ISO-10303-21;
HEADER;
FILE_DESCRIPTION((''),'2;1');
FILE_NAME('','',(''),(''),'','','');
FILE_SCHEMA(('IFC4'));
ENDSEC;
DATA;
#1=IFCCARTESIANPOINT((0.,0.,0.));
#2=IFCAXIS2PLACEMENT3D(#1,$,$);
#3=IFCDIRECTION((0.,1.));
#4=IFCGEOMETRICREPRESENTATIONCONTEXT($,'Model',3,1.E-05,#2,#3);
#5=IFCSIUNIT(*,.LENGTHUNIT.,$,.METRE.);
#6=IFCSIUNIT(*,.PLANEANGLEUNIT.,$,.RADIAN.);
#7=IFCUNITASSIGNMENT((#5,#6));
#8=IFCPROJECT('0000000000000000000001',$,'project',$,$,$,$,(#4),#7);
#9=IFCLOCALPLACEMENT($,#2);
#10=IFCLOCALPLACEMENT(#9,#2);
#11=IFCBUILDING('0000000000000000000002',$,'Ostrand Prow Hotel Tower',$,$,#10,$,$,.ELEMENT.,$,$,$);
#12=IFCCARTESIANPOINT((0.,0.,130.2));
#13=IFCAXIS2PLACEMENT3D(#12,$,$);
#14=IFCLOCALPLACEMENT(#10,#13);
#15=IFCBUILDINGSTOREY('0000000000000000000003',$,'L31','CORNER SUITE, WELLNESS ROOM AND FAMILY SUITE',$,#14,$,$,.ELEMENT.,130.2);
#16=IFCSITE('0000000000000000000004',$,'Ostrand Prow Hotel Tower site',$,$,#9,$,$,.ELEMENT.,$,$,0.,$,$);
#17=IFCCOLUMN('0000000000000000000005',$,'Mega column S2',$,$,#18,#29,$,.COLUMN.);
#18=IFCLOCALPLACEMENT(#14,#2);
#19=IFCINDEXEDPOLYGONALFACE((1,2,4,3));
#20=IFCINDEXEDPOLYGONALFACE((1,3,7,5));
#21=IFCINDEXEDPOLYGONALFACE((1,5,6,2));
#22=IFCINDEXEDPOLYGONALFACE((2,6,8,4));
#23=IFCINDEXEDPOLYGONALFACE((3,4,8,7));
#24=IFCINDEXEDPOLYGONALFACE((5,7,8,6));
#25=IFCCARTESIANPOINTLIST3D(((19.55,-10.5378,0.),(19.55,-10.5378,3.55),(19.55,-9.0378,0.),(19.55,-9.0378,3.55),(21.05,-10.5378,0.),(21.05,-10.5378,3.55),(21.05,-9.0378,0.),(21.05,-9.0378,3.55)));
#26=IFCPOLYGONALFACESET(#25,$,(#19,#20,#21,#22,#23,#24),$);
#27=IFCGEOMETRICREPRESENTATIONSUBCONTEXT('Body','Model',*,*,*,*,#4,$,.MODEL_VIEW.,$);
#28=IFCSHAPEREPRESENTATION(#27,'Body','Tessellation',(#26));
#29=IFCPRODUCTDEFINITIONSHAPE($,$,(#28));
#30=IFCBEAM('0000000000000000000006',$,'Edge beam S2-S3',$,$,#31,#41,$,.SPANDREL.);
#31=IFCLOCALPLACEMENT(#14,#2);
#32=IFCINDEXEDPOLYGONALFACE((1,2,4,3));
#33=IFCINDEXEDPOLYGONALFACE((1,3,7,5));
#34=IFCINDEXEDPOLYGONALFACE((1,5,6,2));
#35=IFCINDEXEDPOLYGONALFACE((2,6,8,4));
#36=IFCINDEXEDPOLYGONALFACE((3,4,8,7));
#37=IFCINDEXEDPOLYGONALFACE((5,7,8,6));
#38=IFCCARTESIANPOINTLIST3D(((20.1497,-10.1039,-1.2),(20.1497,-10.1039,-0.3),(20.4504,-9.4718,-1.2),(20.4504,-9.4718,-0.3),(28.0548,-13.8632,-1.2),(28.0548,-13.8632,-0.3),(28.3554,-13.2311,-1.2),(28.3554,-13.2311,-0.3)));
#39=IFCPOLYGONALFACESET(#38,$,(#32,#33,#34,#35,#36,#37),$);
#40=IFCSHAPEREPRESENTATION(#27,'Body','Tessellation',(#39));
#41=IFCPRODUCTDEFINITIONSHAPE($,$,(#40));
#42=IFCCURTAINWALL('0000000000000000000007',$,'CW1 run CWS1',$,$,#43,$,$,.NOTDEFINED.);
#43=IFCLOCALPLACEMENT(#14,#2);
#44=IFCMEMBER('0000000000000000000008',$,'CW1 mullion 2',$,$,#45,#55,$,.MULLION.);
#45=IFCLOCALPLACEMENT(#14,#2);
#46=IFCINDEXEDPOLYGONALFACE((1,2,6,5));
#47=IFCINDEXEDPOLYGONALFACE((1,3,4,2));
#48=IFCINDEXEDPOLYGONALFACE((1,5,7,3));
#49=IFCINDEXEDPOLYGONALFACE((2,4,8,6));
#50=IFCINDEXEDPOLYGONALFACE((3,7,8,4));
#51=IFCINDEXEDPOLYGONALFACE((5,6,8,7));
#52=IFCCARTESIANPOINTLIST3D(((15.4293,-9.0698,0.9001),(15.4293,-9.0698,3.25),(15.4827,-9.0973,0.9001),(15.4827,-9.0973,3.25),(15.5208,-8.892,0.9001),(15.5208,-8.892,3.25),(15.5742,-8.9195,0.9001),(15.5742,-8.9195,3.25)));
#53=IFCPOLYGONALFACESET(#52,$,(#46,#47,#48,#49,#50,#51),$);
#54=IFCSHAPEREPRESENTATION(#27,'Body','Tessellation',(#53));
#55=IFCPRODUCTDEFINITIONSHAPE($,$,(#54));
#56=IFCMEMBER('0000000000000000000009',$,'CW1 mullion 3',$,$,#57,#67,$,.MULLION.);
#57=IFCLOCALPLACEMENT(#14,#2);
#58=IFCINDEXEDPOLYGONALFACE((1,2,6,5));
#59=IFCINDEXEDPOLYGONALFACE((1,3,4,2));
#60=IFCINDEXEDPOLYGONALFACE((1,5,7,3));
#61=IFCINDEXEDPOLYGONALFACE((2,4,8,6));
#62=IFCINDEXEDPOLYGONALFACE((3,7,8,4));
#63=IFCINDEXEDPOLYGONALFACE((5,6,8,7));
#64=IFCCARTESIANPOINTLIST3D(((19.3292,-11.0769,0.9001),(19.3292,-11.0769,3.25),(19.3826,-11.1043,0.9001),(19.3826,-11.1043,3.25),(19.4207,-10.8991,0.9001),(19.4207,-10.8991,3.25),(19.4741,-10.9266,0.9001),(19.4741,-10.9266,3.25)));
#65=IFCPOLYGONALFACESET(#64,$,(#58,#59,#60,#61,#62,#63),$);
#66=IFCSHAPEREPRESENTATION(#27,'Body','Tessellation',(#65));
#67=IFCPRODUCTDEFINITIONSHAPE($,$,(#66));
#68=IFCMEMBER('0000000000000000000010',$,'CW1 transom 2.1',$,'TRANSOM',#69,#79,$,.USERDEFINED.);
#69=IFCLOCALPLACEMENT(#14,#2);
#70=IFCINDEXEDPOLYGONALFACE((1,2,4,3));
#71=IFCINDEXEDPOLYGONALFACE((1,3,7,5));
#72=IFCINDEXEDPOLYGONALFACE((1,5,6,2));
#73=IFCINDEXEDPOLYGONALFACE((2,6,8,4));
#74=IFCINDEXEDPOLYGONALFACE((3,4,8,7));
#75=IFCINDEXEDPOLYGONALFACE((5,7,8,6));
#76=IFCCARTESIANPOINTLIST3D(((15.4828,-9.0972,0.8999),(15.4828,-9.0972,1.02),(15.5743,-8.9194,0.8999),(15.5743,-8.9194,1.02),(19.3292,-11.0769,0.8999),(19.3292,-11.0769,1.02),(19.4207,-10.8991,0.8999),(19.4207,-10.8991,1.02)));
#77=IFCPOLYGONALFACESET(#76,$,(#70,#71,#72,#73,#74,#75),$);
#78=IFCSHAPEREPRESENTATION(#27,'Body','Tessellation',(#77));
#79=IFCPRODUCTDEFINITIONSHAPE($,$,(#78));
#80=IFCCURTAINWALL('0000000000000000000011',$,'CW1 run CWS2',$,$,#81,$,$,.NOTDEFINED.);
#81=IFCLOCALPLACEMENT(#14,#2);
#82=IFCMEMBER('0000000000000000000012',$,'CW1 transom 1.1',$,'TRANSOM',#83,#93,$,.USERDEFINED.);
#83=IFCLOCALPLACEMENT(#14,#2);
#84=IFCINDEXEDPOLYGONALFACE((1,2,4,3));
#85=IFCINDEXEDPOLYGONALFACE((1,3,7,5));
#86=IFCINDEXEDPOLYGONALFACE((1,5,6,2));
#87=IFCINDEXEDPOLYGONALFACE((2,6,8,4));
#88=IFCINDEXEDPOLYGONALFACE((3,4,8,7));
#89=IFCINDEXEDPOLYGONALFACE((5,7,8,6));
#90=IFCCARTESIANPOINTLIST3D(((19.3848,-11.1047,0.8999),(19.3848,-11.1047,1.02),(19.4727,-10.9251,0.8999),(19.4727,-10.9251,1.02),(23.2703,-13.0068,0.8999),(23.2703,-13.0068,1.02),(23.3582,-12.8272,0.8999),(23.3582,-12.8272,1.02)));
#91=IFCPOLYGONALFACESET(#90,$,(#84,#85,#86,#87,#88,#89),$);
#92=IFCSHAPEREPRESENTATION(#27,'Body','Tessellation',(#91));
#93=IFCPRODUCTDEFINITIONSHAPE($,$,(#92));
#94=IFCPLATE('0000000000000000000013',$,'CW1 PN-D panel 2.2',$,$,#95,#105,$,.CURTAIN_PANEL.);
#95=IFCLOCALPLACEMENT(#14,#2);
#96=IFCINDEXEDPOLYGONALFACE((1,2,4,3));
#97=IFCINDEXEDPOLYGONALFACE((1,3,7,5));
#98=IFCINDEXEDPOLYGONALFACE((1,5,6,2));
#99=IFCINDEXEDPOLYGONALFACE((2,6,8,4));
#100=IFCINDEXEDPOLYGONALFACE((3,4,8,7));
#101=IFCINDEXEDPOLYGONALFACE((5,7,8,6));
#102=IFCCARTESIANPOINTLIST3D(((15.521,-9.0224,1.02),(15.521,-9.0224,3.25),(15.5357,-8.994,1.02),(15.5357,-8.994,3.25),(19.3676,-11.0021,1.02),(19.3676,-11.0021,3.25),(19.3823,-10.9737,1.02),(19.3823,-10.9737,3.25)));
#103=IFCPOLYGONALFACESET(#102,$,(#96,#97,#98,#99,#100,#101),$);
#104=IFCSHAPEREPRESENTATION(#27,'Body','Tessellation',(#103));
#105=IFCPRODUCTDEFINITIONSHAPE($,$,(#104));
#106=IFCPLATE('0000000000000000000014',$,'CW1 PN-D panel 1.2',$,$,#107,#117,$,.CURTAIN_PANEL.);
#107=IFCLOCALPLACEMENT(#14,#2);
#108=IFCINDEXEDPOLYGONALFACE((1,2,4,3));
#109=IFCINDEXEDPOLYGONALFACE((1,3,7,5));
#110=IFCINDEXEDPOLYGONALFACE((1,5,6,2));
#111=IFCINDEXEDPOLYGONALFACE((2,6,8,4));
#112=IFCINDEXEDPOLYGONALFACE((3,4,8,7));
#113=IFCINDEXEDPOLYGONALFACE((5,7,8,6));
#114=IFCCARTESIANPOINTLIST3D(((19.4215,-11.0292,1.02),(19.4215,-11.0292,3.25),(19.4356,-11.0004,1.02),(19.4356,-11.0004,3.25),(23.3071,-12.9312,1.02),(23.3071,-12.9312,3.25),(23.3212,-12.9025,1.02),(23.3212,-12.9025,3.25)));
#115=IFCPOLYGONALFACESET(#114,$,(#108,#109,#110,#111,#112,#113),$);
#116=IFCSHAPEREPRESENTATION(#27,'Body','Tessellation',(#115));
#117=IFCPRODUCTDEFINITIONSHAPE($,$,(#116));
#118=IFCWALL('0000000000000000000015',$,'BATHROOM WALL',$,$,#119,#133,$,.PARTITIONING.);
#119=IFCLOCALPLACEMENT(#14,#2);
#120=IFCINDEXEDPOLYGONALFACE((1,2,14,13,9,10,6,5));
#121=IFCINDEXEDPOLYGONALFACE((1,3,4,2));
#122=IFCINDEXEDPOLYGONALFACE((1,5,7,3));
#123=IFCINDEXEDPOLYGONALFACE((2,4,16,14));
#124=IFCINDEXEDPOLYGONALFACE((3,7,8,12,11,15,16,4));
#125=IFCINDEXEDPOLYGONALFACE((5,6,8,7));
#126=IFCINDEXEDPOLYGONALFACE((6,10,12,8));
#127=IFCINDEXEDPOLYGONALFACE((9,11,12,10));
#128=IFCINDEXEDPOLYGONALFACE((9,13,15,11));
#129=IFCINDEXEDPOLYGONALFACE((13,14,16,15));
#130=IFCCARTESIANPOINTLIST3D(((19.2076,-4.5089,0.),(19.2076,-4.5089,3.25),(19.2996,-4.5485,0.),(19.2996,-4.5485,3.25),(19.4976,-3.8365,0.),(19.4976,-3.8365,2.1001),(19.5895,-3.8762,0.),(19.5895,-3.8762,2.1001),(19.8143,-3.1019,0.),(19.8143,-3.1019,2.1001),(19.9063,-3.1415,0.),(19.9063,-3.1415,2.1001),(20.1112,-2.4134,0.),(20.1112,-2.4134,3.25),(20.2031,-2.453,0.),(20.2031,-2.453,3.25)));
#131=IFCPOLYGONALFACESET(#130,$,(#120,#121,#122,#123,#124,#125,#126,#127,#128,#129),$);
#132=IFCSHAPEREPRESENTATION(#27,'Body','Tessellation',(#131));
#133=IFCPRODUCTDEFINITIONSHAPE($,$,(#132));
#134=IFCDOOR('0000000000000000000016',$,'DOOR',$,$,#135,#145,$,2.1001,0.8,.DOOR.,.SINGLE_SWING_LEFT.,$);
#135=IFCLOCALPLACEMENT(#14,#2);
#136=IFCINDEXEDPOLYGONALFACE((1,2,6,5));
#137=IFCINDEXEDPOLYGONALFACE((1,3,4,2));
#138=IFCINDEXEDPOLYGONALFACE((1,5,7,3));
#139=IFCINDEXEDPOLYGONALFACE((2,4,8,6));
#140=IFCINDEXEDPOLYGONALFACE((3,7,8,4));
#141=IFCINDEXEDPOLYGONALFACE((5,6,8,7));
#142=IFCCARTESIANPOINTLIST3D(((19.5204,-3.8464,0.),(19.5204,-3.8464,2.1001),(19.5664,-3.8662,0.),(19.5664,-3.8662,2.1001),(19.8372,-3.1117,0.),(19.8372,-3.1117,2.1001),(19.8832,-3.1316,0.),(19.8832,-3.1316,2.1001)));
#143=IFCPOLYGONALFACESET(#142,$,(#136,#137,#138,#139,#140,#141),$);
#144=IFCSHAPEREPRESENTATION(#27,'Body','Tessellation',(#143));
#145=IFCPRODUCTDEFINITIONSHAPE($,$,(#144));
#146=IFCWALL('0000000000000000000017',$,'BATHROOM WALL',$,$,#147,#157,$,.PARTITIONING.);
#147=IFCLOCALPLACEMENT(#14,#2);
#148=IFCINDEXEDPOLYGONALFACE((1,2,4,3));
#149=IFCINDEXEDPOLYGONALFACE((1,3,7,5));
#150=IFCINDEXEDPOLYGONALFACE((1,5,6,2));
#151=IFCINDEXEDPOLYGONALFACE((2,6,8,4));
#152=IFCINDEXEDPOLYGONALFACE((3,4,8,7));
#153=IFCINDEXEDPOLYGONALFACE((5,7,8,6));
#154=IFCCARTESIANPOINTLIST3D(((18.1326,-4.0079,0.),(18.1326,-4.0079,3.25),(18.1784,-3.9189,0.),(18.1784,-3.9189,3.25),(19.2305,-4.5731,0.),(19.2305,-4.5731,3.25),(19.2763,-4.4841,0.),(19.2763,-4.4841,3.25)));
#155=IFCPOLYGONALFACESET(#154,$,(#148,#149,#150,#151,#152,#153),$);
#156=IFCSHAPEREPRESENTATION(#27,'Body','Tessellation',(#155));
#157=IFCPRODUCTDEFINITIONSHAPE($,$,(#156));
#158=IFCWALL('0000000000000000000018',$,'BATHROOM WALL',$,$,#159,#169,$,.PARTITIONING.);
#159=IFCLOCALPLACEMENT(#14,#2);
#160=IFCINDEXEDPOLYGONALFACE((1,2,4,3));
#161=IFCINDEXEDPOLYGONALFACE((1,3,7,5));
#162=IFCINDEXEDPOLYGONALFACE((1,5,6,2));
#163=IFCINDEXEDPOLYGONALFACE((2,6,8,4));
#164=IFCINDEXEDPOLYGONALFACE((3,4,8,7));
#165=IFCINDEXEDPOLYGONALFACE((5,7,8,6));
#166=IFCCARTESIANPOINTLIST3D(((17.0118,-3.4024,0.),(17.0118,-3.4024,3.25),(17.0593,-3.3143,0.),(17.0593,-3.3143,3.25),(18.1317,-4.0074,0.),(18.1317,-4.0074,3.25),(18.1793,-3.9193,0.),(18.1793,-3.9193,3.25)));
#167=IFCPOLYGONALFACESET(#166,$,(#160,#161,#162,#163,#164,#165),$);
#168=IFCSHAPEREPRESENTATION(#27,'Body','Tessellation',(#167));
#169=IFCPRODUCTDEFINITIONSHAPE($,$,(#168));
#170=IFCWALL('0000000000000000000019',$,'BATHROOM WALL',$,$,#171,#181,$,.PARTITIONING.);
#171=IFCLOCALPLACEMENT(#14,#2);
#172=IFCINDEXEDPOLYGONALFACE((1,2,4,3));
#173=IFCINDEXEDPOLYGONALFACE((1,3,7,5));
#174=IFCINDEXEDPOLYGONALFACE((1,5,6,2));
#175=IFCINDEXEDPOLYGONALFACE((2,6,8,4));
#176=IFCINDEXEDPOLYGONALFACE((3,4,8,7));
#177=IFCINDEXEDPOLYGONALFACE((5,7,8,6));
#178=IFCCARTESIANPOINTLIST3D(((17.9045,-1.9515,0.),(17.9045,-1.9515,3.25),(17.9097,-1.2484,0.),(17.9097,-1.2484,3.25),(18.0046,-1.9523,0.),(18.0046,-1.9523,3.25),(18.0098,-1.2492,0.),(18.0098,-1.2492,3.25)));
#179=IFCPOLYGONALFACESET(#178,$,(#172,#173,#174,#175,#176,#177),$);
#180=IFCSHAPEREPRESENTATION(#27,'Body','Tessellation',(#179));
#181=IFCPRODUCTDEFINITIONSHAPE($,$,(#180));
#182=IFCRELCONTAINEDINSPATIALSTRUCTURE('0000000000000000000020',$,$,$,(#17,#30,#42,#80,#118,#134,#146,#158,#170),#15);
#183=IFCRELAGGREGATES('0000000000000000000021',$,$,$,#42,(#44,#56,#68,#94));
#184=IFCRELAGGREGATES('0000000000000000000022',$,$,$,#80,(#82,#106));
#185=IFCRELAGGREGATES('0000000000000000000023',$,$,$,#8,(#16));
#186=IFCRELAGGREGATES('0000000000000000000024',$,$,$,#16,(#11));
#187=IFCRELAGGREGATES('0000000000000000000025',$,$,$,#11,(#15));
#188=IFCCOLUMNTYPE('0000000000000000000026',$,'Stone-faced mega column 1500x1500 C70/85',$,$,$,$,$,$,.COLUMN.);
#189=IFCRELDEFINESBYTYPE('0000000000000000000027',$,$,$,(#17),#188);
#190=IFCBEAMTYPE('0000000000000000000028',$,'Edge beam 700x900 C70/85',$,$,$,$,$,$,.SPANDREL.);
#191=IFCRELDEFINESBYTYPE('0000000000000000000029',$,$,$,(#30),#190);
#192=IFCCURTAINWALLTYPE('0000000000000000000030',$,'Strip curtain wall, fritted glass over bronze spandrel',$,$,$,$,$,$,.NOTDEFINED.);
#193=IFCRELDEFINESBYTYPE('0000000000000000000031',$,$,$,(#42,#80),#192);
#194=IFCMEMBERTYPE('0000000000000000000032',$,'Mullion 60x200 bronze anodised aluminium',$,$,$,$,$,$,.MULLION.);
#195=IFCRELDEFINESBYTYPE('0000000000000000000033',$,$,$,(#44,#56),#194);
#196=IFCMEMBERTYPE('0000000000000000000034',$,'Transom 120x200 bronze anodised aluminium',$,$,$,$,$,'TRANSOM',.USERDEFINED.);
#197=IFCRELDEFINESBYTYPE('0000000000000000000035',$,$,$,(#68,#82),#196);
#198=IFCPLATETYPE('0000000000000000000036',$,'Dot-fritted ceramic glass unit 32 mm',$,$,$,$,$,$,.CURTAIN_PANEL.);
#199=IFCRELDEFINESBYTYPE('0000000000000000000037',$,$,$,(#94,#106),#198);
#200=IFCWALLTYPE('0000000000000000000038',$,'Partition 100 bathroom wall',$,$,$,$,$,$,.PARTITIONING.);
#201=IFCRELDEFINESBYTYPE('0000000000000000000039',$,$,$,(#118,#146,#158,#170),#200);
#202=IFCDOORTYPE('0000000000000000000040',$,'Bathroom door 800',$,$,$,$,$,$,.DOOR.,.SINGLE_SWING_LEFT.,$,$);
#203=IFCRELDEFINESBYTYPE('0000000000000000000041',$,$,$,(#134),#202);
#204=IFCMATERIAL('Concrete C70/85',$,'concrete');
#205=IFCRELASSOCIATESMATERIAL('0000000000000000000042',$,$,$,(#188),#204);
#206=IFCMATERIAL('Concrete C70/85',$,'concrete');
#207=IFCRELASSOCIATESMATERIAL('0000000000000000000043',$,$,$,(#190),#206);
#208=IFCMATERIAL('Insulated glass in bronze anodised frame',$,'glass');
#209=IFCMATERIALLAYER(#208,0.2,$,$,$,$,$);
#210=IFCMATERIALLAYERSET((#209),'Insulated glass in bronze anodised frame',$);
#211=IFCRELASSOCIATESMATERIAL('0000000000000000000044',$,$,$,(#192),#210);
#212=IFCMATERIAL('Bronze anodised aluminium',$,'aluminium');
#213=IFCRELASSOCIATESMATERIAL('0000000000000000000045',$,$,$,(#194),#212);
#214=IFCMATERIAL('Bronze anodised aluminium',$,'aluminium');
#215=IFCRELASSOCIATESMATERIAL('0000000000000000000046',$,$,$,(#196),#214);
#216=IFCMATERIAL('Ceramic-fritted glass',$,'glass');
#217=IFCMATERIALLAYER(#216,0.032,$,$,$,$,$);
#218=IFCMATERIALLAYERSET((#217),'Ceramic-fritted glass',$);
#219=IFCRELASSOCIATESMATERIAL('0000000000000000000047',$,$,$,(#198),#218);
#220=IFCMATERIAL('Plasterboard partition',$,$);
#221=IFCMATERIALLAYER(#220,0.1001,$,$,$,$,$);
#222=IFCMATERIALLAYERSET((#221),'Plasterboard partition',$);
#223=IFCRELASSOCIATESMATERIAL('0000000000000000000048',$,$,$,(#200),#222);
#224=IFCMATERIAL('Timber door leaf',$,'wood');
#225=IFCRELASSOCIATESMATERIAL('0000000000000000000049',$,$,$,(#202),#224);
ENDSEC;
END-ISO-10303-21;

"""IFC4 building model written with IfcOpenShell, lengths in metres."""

from ifc_helpers import new_model, si_unit, direction, frame, frame_2d, origin, origin_2d, place, context, subcontext, project, spatial, rectangle, extrude, material, layer, layer_set, material_profile, profile_set, type_object, element, fill, aggregate, save


model = new_model("IFC4")

# Units and contexts
model_context = context("Model", 3, precision=1e-05, world=origin(), true_north=direction((0.0, 1.0)))
body_context = subcontext(model_context, "Body", "Model", "MODEL_VIEW")
ifc_project = project(units=[si_unit("LENGTHUNIT", "METRE"), si_unit("PLANEANGLEUNIT", "RADIAN")], contexts=[model_context])

# Site, building, storey
site_placement = place(None, origin())
site = spatial("IfcSite", under=ifc_project, at=site_placement, Name="Ostrand Prow Hotel Tower site", CompositionType="ELEMENT", RefElevation=0.0)
building_placement = place(site_placement, origin())
building = spatial("IfcBuilding", under=site, at=building_placement, Name="Ostrand Prow Hotel Tower", CompositionType="ELEMENT")
storey_placement = place(building_placement, frame((0.0, 0.0, 130.2)))
storey = spatial("IfcBuildingStorey", under=building, at=storey_placement, Name="L31", Description="CORNER SUITE, WELLNESS ROOM AND FAMILY SUITE", CompositionType="ELEMENT", Elevation=130.2)

# Column
ifc_material_1 = material(Name="Concrete C70/85", Category="concrete")
ifc_material_profile_1 = material_profile(ifc_material_1, rectangle(XDim=1.5, YDim=1.5, at=origin_2d()), Name="RC 1500x1500")
ifc_profile_set_1 = profile_set([ifc_material_profile_1], Name="Concrete C70/85")
column_type = type_object("IfcColumnType", Name="Stone-faced mega column 1500x1500 C70/85", PredefinedType="COLUMN", material=ifc_profile_set_1)
column_placement = place(storey_placement, frame((20.3, -9.7878, 0.0), z_axis=(0.0, 0.0, 1.0), x_axis=(1.0, 0.0, 0.0)))
element("IfcColumn", 1, at=column_placement, inside=storey, type_object=column_type, Name="Mega column S2", PredefinedType="COLUMN", context=body_context, shape_type="SweptSolid", body=[
    extrude(rectangle(XDim=1.5, YDim=1.5, at=origin_2d()), origin(), (0.0, 0.0, 1.0), 3.55),
])

# Beam
ifc_material_2 = material(Name="Concrete C70/85", Category="concrete")
ifc_material_profile_2 = material_profile(ifc_material_2, rectangle(XDim=0.7, YDim=0.8999, at=origin_2d()), Name="RC 700x900")
ifc_profile_set_2 = profile_set([ifc_material_profile_2], Name="Concrete C70/85")
beam_type = type_object("IfcBeamType", Name="Edge beam 700x900 C70/85", PredefinedType="SPANDREL", material=ifc_profile_set_2)
beam_placement = place(storey_placement, frame((20.3, -9.7878, -0.75), z_axis=(0.903083, -0.429466, 0.0), x_axis=(0.429466, 0.903083, 0.0)))
element("IfcBeam", 2, at=beam_placement, inside=storey, type_object=beam_type, Name="Edge beam S2-S3", PredefinedType="SPANDREL", context=body_context, shape_type="SweptSolid", body=[
    extrude(rectangle(XDim=0.7, YDim=0.8999, at=origin_2d()), origin(), (0.0, 0.0, 1.0), 8.7534),
])

# Curtain wall, members
ifc_material_3 = material(Name="Insulated glass in bronze anodised frame", Category="glass")
ifc_layer_1 = layer(ifc_material_3, 0.2)
ifc_layer_set_1 = layer_set([ifc_layer_1], Name="Insulated glass in bronze anodised frame")
curtain_wall_type = type_object("IfcCurtainWallType", Name="Strip curtain wall, fritted glass over bronze spandrel", PredefinedType="NOTDEFINED", material=ifc_layer_set_1)
curtain_wall_1_placement = place(storey_placement, origin())
curtain_wall_1 = element("IfcCurtainWall", 3, at=curtain_wall_1_placement, inside=storey, type_object=curtain_wall_type, Name="CW1 run CWS1", PredefinedType="NOTDEFINED")
ifc_material_4 = material(Name="Bronze anodised aluminium", Category="aluminium")
ifc_material_profile_3 = material_profile(ifc_material_4, rectangle(XDim=0.2, YDim=0.0601, at=origin_2d()), Name="Mullion 60x200 bronze anodised aluminium")
ifc_profile_set_3 = profile_set([ifc_material_profile_3], Name="Bronze anodised aluminium")
member_type_1 = type_object("IfcMemberType", Name="Mullion 60x200 bronze anodised aluminium", PredefinedType="MULLION", material=ifc_profile_set_3)
member_1_placement = place(storey_placement, frame((15.5017, -8.9946, 0.9001), z_axis=(0.0, 0.0, 1.0), x_axis=(0.457619, 0.889148, 0.0)))
member_1 = element("IfcMember", 4, at=member_1_placement, type_object=member_type_1, Name="CW1 mullion 2", PredefinedType="MULLION", context=body_context, shape_type="SweptSolid", body=[
    extrude(rectangle(XDim=0.2, YDim=0.0601, at=origin_2d()), origin(), (0.0, 0.0, 1.0), 2.3499),
])
member_2_placement = place(storey_placement, frame((19.4016, -11.0017, 0.9001), z_axis=(0.0, 0.0, 1.0), x_axis=(0.457619, 0.889148, 0.0)))
member_2 = element("IfcMember", 5, at=member_2_placement, type_object=member_type_1, Name="CW1 mullion 3", PredefinedType="MULLION", context=body_context, shape_type="SweptSolid", body=[
    extrude(rectangle(XDim=0.2, YDim=0.0601, at=origin_2d()), origin(), (0.0, 0.0, 1.0), 2.3499),
])
ifc_material_5 = material(Name="Bronze anodised aluminium", Category="aluminium")
ifc_material_profile_4 = material_profile(ifc_material_5, rectangle(XDim=0.2, YDim=0.1201, at=origin_2d()), Name="Transom 120x200 bronze anodised aluminium")
ifc_profile_set_4 = profile_set([ifc_material_profile_4], Name="Bronze anodised aluminium")
member_type_2 = type_object("IfcMemberType", Name="Transom 120x200 bronze anodised aluminium", ElementType="TRANSOM", PredefinedType="USERDEFINED", material=ifc_profile_set_4)
member_3_placement = place(storey_placement, frame((15.5286, -9.0083, 0.96), z_axis=(0.88914, -0.457635, 0.0), x_axis=(0.457635, 0.88914, 0.0)))
member_3 = element("IfcMember", 6, at=member_3_placement, type_object=member_type_2, Name="CW1 transom 2.1", ObjectType="TRANSOM", PredefinedType="USERDEFINED", context=body_context, shape_type="SweptSolid", body=[
    extrude(rectangle(XDim=0.2, YDim=0.1201, at=origin_2d()), origin(), (0.0, 0.0, 1.0), 4.3259),
])

# Curtain wall, member
curtain_wall_2_placement = place(storey_placement, origin())
curtain_wall_2 = element("IfcCurtainWall", 7, at=curtain_wall_2_placement, inside=storey, type_object=curtain_wall_type, Name="CW1 run CWS2", PredefinedType="NOTDEFINED")
member_4_placement = place(storey_placement, frame((19.4287, -11.0149, 0.96), z_axis=(0.898154, -0.439681, 0.0), x_axis=(0.439681, 0.898154, 0.0)))
member_4 = element("IfcMember", 8, at=member_4_placement, type_object=member_type_2, Name="CW1 transom 1.1", ObjectType="TRANSOM", PredefinedType="USERDEFINED", context=body_context, shape_type="SweptSolid", body=[
    extrude(rectangle(XDim=0.2, YDim=0.1201, at=origin_2d()), origin(), (0.0, 0.0, 1.0), 4.3262),
])

# Plates
ifc_material_6 = material(Name="Ceramic-fritted glass", Category="glass")
ifc_layer_2 = layer(ifc_material_6, 0.032)
ifc_layer_set_2 = layer_set([ifc_layer_2], Name="Ceramic-fritted glass")
plate_type = type_object("IfcPlateType", Name="Dot-fritted ceramic glass unit 32 mm", PredefinedType="CURTAIN_PANEL", material=ifc_layer_set_2)
plate_1_placement = place(storey_placement, frame((17.4517, -9.998, 1.02), z_axis=(0.0, 0.0, 1.0), x_axis=(0.889148, -0.457619, 0.0)))
plate_1 = element("IfcPlate", 9, at=plate_1_placement, type_object=plate_type, Name="CW1 PN-D panel 2.2", PredefinedType="CURTAIN_PANEL", context=body_context, shape_type="SweptSolid", body=[
    extrude(rectangle(XDim=4.3262, YDim=0.032, at=origin_2d()), origin(), (0.0, 0.0, 1.0), 2.23),
])
aggregate(curtain_wall_1, [member_1, member_2, member_3, plate_1])
plate_2_placement = place(storey_placement, frame((21.3713, -11.9658, 1.02), z_axis=(0.0, 0.0, 1.0), x_axis=(0.898165, -0.439659, 0.0)))
plate_2 = element("IfcPlate", 10, at=plate_2_placement, type_object=plate_type, Name="CW1 PN-D panel 1.2", PredefinedType="CURTAIN_PANEL", context=body_context, shape_type="SweptSolid", body=[
    extrude(rectangle(XDim=4.3262, YDim=0.032, at=origin_2d()), origin(), (0.0, 0.0, 1.0), 2.23),
])
aggregate(curtain_wall_2, [member_4, plate_2])

# Wall, opening, door
ifc_material_7 = material(Name="Plasterboard partition")
ifc_layer_3 = layer(ifc_material_7, 0.1001)
ifc_layer_set_3 = layer_set([ifc_layer_3], Name="Plasterboard partition")
wall_type_1 = type_object("IfcWallType", Name="Partition 100 bathroom wall", PredefinedType="PARTITIONING", material=ifc_layer_set_3)
wall_1_placement = place(storey_placement, frame((20.1572, -2.4331, 0.0), z_axis=(0.0, 0.0, 1.0), x_axis=(-0.395958, -0.918268, 0.0)))
wall_1 = element("IfcWall", 11, at=wall_1_placement, inside=storey, type_object=wall_type_1, Name="BATHROOM WALL", PredefinedType="PARTITIONING", context=body_context, shape_type="SweptSolid", body=[
    extrude(rectangle(XDim=2.282, YDim=0.1001, at=frame_2d((1.1411, 0.0))), origin(), (0.0, 0.0, 1.0), 3.25),
])
opening_1_placement = place(wall_1_placement, frame((0.75, 0.0, 0.0)))
opening_1 = element("IfcOpeningElement", 12, at=opening_1_placement, cuts=wall_1, PredefinedType="OPENING", context=body_context, shape_type="SweptSolid", body=[
    extrude(rectangle(XDim=0.8, YDim=2.1001, at=frame_2d((0.3999, 1.05))), frame((0.0, 0.0601, 0.0), z_axis=(0.0, -1.0, 0.0), x_axis=(1.0, 0.0, 0.0)), (0.0, 0.0, 1.0), 0.1201),
])
ifc_material_8 = material(Name="Timber door leaf", Category="wood")
door_type_1 = type_object("IfcDoorType", Name="Bathroom door 800", OperationType="SINGLE_SWING_LEFT", PredefinedType="DOOR", material=ifc_material_8)
door_1_placement = place(opening_1_placement, origin())
door_1 = element("IfcDoor", 13, at=door_1_placement, inside=storey, type_object=door_type_1, Name="DOOR", OperationType="SINGLE_SWING_LEFT", OverallHeight=2.1001, OverallWidth=0.8, PredefinedType="DOOR", context=body_context, shape_type="SweptSolid", body=[
    extrude(rectangle(XDim=0.8, YDim=2.1001, at=frame_2d((0.3999, 1.05))), frame((0.0, 0.0249, 0.0), z_axis=(0.0, -1.0, 0.0), x_axis=(1.0, 0.0, 0.0)), (0.0, 0.0, 1.0), 0.05),
])
fill(opening_1, door_1)

# Walls
wall_2_placement = place(storey_placement, frame((19.2534, -4.5286, 0.0), z_axis=(0.0, 0.0, 1.0), x_axis=(-0.889106, 0.457701, 0.0)))
element("IfcWall", 14, at=wall_2_placement, inside=storey, type_object=wall_type_1, Name="BATHROOM WALL", PredefinedType="PARTITIONING", context=body_context, shape_type="SweptSolid", body=[
    extrude(rectangle(XDim=1.2349, YDim=0.1001, at=frame_2d((0.6174, 0.0))), origin(), (0.0, 0.0, 1.0), 3.25),
])
wall_3_placement = place(storey_placement, frame((18.1555, -3.9634, 0.0), z_axis=(0.0, 0.0, 1.0), x_axis=(-0.879824, 0.4753, 0.0)))
element("IfcWall", 15, at=wall_3_placement, inside=storey, type_object=wall_type_1, Name="BATHROOM WALL", PredefinedType="PARTITIONING", context=body_context, shape_type="SweptSolid", body=[
    extrude(rectangle(XDim=1.2729, YDim=0.1001, at=frame_2d((0.6365, 0.0))), origin(), (0.0, 0.0, 1.0), 3.25),
])
wall_4_placement = place(storey_placement, frame((17.9546, -1.9519, 0.0), z_axis=(0.0, 0.0, 1.0), x_axis=(0.007291, 0.999973, 0.0)))
element("IfcWall", 16, at=wall_4_placement, inside=storey, type_object=wall_type_1, Name="BATHROOM WALL", PredefinedType="PARTITIONING", context=body_context, shape_type="SweptSolid", body=[
    extrude(rectangle(XDim=0.7031, YDim=0.1001, at=frame_2d((0.3516, 0.0))), origin(), (0.0, 0.0, 1.0), 3.25),
])

save(model, "model.ifc")
